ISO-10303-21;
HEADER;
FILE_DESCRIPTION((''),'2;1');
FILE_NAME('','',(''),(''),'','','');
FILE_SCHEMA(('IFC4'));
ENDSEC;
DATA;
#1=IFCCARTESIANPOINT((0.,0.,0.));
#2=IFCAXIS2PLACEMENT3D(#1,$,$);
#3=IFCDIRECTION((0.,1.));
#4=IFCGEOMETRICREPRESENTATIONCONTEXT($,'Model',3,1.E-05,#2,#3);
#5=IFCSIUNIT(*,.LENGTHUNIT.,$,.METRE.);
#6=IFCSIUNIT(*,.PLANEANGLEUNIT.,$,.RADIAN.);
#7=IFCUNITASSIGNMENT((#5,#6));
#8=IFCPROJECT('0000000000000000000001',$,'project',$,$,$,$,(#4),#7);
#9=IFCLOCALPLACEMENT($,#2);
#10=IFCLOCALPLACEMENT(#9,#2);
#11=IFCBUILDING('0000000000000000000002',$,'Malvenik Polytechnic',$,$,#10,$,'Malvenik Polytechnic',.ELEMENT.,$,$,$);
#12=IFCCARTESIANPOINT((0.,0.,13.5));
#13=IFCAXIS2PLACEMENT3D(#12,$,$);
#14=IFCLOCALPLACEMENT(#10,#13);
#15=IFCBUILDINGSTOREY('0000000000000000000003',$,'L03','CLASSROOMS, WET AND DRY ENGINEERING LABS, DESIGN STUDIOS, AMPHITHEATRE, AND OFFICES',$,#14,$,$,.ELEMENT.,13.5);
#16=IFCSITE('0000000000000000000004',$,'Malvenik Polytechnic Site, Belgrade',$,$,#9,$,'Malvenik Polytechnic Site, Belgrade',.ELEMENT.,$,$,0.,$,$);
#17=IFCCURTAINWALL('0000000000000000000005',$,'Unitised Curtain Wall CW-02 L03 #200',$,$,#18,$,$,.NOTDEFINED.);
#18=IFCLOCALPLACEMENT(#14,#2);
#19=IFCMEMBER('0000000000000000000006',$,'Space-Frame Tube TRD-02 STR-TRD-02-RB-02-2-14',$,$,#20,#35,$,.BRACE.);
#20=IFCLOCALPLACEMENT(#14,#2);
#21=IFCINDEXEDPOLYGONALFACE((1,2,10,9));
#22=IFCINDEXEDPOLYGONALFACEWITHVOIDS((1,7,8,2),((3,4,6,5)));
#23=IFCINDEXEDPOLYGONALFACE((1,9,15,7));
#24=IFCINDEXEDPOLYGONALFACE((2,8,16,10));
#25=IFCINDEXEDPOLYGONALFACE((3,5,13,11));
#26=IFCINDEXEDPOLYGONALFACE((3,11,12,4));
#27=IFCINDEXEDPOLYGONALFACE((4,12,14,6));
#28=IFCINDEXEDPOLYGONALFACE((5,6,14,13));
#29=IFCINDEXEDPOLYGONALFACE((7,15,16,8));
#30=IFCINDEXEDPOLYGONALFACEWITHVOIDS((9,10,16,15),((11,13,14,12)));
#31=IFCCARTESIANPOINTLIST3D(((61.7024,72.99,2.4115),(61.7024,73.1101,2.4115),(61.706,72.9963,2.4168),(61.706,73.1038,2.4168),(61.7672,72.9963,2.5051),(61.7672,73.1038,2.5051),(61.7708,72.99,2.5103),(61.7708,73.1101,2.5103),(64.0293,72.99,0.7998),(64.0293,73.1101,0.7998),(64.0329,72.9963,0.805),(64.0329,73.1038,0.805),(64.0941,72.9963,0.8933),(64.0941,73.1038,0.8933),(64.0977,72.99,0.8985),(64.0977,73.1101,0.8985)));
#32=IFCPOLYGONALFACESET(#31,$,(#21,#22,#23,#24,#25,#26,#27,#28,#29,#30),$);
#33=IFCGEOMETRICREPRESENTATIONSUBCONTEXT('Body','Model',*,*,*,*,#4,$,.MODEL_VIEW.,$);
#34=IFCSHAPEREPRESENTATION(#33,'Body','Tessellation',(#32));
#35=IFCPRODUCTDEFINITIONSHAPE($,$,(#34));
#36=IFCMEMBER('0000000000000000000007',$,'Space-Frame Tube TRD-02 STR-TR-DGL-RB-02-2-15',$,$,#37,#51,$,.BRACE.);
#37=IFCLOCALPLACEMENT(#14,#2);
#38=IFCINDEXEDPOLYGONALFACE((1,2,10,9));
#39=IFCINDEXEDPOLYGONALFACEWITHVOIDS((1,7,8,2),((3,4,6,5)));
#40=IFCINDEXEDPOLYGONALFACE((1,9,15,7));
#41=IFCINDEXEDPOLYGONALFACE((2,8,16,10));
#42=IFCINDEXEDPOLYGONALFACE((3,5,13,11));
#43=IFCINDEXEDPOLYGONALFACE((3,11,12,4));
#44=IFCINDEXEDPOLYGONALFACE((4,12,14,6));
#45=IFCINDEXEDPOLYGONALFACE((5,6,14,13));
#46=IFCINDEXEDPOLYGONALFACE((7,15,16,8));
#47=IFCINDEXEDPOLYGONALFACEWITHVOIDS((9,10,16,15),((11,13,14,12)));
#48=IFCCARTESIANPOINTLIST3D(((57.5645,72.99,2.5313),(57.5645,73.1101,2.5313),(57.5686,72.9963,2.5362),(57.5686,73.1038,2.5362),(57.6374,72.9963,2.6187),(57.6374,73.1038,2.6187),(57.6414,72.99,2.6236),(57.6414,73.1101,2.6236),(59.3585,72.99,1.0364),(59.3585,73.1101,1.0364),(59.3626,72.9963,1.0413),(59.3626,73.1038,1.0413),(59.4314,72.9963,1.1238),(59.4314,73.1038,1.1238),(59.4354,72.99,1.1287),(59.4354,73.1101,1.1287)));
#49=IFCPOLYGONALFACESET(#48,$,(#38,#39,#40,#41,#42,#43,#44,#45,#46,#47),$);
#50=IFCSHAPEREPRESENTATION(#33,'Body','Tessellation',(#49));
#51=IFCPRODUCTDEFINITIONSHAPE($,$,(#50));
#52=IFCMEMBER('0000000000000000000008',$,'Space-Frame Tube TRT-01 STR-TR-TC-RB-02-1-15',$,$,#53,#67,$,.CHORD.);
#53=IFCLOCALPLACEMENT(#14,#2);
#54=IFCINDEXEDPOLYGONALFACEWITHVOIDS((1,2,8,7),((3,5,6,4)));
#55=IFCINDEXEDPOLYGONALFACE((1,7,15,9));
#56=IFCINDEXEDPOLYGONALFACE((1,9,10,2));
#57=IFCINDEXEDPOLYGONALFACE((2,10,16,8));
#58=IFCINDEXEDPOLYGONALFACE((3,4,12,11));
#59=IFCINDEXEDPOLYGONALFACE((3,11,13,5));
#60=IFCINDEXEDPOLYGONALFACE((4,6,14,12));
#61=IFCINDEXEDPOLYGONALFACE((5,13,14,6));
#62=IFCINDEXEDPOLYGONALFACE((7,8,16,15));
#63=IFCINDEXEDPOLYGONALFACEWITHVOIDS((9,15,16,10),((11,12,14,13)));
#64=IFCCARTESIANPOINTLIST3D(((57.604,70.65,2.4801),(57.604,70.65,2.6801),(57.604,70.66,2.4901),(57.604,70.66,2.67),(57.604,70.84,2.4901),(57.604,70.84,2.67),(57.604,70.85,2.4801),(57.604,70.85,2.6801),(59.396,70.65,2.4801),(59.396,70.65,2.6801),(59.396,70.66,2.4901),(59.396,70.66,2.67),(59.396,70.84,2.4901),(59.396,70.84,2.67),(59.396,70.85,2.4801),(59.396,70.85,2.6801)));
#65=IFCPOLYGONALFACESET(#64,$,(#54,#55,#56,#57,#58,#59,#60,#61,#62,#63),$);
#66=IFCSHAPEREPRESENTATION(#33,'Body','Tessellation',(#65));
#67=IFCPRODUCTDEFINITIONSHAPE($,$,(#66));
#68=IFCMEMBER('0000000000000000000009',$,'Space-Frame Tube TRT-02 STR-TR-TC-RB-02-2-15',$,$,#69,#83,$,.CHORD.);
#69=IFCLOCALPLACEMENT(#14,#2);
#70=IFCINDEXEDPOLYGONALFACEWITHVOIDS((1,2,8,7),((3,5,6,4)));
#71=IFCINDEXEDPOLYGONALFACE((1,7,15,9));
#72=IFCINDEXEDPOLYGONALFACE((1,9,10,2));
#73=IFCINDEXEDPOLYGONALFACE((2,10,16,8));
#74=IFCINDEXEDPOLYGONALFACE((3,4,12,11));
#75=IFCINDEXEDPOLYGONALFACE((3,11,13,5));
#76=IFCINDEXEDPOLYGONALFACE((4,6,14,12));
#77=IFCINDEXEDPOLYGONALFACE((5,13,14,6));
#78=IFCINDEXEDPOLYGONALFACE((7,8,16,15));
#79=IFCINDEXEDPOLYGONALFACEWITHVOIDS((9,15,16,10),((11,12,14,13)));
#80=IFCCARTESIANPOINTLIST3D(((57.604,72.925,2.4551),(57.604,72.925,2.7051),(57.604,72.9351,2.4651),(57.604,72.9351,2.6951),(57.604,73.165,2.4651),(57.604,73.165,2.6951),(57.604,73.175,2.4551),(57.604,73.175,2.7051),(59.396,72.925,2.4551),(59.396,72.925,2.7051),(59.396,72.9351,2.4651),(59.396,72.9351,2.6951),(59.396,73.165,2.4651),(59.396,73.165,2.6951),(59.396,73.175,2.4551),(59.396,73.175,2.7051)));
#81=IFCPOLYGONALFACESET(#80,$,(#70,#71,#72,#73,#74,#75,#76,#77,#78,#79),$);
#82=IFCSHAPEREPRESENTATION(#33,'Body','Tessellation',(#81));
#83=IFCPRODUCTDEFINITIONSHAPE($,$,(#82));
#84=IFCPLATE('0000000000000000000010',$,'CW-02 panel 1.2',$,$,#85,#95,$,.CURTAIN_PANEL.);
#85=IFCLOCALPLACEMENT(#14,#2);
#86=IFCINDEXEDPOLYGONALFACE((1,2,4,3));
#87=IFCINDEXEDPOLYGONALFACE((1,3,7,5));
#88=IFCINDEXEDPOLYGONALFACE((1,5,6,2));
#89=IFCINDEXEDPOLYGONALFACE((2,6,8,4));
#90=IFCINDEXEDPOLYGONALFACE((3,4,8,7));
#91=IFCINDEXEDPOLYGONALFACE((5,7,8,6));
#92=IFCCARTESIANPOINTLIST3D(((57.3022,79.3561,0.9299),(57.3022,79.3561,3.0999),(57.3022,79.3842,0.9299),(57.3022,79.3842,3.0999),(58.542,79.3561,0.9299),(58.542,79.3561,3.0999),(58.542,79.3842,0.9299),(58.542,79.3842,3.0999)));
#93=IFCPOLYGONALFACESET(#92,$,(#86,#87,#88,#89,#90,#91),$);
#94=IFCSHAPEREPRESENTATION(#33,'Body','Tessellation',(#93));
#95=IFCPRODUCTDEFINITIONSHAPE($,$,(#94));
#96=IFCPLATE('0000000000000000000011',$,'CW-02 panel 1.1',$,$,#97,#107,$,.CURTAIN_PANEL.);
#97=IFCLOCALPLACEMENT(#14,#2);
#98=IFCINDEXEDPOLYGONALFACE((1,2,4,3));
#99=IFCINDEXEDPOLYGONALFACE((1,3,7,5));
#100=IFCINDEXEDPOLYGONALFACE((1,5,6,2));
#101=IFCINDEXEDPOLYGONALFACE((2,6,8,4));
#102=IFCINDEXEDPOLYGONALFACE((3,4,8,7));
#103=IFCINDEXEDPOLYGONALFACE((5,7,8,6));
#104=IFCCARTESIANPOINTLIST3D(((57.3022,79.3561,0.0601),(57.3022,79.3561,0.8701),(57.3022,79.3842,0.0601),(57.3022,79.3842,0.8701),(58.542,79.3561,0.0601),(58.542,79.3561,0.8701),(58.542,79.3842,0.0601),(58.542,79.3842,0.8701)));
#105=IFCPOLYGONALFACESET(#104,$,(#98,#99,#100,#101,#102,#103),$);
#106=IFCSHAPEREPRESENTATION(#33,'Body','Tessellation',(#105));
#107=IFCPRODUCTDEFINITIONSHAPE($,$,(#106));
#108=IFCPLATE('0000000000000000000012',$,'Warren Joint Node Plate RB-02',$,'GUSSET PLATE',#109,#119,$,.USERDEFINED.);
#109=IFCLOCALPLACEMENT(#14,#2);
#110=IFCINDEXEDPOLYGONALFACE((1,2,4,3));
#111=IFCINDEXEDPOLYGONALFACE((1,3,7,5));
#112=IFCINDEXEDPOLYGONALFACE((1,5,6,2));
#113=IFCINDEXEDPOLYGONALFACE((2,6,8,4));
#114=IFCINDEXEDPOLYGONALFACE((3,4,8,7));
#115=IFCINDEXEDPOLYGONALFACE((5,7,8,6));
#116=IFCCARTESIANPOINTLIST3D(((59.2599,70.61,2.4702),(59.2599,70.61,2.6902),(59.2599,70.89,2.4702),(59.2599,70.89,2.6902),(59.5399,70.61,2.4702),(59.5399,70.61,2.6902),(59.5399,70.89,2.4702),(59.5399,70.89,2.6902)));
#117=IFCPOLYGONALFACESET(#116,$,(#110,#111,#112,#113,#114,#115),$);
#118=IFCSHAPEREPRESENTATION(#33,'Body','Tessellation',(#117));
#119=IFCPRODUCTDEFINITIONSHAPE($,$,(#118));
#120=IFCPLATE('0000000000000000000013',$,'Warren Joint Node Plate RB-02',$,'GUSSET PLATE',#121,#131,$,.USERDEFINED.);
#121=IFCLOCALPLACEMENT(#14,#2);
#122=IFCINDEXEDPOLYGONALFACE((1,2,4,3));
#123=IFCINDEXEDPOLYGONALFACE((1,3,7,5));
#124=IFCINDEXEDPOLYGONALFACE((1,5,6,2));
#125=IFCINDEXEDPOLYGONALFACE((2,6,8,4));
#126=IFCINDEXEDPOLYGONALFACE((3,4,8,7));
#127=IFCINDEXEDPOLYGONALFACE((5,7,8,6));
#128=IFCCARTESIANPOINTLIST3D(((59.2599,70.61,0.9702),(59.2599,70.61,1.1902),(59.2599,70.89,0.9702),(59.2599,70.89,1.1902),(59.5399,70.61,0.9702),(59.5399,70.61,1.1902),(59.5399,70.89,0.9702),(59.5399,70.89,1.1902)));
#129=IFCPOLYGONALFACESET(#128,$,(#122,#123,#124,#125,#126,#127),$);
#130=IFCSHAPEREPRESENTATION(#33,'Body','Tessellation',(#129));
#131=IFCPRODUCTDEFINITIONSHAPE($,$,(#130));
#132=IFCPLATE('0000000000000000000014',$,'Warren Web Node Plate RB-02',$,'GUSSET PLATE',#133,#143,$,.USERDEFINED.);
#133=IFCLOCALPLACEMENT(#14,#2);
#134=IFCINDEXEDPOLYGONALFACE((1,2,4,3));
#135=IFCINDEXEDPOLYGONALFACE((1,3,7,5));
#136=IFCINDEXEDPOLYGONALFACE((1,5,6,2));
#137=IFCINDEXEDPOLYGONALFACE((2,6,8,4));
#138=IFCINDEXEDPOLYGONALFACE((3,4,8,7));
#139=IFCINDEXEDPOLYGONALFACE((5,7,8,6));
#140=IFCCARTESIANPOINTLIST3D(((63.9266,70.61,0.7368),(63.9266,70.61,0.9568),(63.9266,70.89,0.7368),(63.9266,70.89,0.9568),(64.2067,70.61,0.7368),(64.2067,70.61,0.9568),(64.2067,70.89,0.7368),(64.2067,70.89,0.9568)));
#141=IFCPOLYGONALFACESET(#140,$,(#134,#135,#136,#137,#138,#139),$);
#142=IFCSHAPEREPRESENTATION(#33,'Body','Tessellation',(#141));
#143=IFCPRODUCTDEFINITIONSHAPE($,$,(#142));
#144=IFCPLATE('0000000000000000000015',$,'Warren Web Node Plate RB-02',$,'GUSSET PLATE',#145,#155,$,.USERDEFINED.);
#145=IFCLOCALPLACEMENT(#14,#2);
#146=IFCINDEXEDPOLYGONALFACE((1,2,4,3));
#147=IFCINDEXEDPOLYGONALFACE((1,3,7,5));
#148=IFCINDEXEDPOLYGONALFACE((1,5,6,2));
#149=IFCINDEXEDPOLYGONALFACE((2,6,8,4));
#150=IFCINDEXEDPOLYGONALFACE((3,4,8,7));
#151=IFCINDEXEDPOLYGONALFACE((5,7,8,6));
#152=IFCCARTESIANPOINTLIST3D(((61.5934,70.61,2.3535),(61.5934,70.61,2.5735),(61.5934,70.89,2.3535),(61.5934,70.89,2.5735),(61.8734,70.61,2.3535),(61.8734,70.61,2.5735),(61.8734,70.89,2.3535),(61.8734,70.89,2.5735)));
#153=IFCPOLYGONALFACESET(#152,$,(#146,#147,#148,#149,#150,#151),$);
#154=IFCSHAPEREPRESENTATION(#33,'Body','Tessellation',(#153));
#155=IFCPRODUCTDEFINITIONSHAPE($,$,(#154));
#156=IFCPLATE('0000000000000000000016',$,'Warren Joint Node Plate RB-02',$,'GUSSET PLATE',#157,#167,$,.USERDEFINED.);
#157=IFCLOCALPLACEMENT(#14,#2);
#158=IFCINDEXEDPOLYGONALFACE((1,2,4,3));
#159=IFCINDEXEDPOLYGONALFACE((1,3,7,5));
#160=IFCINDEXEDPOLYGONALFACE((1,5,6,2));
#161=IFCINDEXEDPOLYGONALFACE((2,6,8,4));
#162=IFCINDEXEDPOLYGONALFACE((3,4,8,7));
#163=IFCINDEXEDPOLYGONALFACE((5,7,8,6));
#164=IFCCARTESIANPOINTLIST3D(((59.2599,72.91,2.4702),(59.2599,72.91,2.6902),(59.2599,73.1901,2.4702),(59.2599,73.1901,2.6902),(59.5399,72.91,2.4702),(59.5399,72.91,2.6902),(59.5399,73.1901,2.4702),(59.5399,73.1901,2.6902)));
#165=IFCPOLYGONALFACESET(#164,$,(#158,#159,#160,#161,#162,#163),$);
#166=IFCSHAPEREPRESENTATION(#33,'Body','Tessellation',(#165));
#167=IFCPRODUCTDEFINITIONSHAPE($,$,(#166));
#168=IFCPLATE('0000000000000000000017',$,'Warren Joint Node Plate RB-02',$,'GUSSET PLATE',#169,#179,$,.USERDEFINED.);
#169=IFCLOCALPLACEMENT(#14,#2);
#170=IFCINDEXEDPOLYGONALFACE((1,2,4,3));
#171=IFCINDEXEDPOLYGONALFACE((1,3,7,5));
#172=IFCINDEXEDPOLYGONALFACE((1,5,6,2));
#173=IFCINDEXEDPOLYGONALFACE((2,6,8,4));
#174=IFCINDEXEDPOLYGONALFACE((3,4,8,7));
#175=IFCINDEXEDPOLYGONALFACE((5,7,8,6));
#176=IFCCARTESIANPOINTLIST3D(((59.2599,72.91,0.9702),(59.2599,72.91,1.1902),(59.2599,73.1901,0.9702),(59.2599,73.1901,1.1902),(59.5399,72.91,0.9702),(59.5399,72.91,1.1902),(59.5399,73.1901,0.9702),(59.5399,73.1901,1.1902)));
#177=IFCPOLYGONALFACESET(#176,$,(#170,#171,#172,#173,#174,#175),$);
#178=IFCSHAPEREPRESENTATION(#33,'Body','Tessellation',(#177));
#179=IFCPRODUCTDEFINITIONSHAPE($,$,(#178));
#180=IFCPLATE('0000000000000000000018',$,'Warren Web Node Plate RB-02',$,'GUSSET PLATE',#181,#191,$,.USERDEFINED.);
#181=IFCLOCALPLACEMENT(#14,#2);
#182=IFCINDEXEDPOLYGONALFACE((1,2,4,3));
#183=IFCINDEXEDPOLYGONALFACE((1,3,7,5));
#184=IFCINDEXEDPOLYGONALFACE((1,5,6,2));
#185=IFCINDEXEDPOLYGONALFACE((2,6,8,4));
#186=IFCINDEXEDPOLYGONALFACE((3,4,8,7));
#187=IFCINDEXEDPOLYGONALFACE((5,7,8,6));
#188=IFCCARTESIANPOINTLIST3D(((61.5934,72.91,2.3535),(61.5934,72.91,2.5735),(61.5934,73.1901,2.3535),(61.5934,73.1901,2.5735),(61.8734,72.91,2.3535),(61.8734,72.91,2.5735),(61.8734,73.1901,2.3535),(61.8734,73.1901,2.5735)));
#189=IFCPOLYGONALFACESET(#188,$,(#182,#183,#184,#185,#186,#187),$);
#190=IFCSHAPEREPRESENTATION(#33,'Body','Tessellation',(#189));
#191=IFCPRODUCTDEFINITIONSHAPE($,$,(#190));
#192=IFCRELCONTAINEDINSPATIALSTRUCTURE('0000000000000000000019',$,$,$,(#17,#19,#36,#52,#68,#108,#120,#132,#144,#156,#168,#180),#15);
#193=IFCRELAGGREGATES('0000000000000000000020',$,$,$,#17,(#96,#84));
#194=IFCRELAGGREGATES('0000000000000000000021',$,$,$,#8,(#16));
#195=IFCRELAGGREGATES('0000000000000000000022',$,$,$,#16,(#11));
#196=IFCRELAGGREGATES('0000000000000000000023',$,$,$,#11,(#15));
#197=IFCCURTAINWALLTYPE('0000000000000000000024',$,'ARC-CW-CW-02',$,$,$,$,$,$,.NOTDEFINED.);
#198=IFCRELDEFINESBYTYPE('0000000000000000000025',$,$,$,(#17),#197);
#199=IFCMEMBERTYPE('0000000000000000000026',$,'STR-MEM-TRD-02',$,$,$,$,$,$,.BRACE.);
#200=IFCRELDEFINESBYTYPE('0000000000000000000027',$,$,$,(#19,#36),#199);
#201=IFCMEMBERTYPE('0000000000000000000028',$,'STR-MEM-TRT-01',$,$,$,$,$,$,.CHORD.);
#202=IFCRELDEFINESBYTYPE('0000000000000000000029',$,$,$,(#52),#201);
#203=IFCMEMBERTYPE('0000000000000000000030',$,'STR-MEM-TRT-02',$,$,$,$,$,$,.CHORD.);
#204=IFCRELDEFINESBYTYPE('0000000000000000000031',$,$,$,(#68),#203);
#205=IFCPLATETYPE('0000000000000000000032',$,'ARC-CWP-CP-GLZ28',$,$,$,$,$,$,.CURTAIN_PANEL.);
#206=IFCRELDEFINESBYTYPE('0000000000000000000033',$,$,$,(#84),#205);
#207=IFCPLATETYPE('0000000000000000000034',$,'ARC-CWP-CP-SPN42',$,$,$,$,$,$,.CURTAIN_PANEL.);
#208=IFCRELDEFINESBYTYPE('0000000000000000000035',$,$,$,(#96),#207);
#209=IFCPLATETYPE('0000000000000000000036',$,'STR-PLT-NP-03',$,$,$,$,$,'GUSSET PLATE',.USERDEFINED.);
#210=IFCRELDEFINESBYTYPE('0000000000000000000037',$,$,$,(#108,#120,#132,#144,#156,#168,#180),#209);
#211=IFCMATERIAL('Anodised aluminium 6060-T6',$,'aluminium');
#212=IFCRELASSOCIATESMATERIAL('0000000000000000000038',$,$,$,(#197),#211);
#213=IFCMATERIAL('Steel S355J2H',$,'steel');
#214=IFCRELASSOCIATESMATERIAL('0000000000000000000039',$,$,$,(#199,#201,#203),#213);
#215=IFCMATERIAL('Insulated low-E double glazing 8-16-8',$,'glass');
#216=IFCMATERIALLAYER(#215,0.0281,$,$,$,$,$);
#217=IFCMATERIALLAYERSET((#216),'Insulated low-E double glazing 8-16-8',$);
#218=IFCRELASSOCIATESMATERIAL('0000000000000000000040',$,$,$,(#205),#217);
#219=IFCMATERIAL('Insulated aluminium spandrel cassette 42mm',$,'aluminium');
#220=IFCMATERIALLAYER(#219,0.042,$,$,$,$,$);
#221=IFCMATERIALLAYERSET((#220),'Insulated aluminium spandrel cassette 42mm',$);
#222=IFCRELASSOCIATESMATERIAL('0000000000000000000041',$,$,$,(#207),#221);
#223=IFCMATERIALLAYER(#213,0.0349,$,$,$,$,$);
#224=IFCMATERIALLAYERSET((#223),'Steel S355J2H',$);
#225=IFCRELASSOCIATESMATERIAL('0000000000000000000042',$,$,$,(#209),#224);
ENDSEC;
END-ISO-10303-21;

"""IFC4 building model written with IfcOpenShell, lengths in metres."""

from ifc_helpers import new_model, si_unit, direction, frame, origin, origin_2d, place, context, subcontext, project, spatial, rectangle, hollow_rectangle, extrude, material, layer, layer_set, material_profile, profile_set, type_object, element, aggregate, save


model = new_model("IFC4")

# Units and contexts
model_context = context("Model", 3, precision=1e-05, world=origin(), true_north=direction((0.0, 1.0)))
body_context = subcontext(model_context, "Body", "Model", "MODEL_VIEW")
ifc_project = project(units=[si_unit("LENGTHUNIT", "METRE"), si_unit("PLANEANGLEUNIT", "RADIAN")], contexts=[model_context])

# Site, building, storey
site_placement = place(None, origin())
site = spatial("IfcSite", under=ifc_project, at=site_placement, Name="Malvenik Polytechnic Site, Belgrade", LongName="Malvenik Polytechnic Site, Belgrade", CompositionType="ELEMENT", RefElevation=0.0)
building_placement = place(site_placement, origin())
building = spatial("IfcBuilding", under=site, at=building_placement, Name="Malvenik Polytechnic", LongName="Malvenik Polytechnic", CompositionType="ELEMENT")
storey_placement = place(building_placement, frame((0.0, 0.0, 13.5)))
storey = spatial("IfcBuildingStorey", under=building, at=storey_placement, Name="L03", Description="CLASSROOMS, WET AND DRY ENGINEERING LABS, DESIGN STUDIOS, AMPHITHEATRE, AND OFFICES", CompositionType="ELEMENT", Elevation=13.5)

# Shared definitions
ifc_material_1 = material(Name="Steel S355J2H", Category="steel")

# Curtain wall
ifc_material_2 = material(Name="Anodised aluminium 6060-T6", Category="aluminium")
curtain_wall_type = type_object("IfcCurtainWallType", Name="ARC-CW-CW-02", PredefinedType="NOTDEFINED", material=ifc_material_2)
curtain_wall_placement = place(storey_placement, origin())
curtain_wall = element("IfcCurtainWall", 1, at=curtain_wall_placement, inside=storey, type_object=curtain_wall_type, Name="Unitised Curtain Wall CW-02 L03 #200", PredefinedType="NOTDEFINED")

# Members
ifc_material_profile_1 = material_profile(ifc_material_1, hollow_rectangle(XDim=0.1201, YDim=0.1201, WallThickness=0.0063, at=origin_2d()), Name="SHS 120x120x6.3")
ifc_profile_set_1 = profile_set([ifc_material_profile_1], Name="Steel S355J2H")
member_type_1 = type_object("IfcMemberType", Name="STR-MEM-TRD-02", PredefinedType="BRACE", material=ifc_profile_set_1)
member_1_placement = place(storey_placement, frame((64.0635, 73.05, 0.8491), z_axis=(-0.822046, 0.0, 0.569421), x_axis=(0.0, -1.0, 0.0)))
element("IfcMember", 2, at=member_1_placement, inside=storey, type_object=member_type_1, Name="Space-Frame Tube TRD-02 STR-TRD-02-RB-02-2-14", PredefinedType="BRACE", context=body_context, shape_type="SweptSolid", body=[
    extrude(hollow_rectangle(XDim=0.1201, YDim=0.1201, WallThickness=0.0063, at=origin_2d()), origin(), (0.0, 0.0, 1.0), 2.8306),
])
member_2_placement = place(storey_placement, frame((59.397, 73.05, 1.0825), z_axis=(-0.768238, 0.0, 0.640164), x_axis=(0.0, -1.0, 0.0)))
element("IfcMember", 3, at=member_2_placement, inside=storey, type_object=member_type_1, Name="Space-Frame Tube TRD-02 STR-TR-DGL-RB-02-2-15", PredefinedType="BRACE", context=body_context, shape_type="SweptSolid", body=[
    extrude(hollow_rectangle(XDim=0.1201, YDim=0.1201, WallThickness=0.0063, at=origin_2d()), origin(), (0.0, 0.0, 1.0), 2.3352),
])
ifc_material_profile_2 = material_profile(ifc_material_1, hollow_rectangle(XDim=0.2, YDim=0.2, WallThickness=0.01, at=origin_2d()), Name="SHS 200x200x10.0")
ifc_profile_set_2 = profile_set([ifc_material_profile_2], Name="Steel S355J2H")
member_type_2 = type_object("IfcMemberType", Name="STR-MEM-TRT-01", PredefinedType="CHORD", material=ifc_profile_set_2)
member_3_placement = place(storey_placement, frame((59.396, 70.75, 2.5801), z_axis=(-1.0, 0.0, 0.0), x_axis=(0.0, -1.0, 0.0)))
element("IfcMember", 4, at=member_3_placement, inside=storey, type_object=member_type_2, Name="Space-Frame Tube TRT-01 STR-TR-TC-RB-02-1-15", PredefinedType="CHORD", context=body_context, shape_type="SweptSolid", body=[
    extrude(hollow_rectangle(XDim=0.2, YDim=0.2, WallThickness=0.01, at=origin_2d()), origin(), (0.0, 0.0, 1.0), 1.792),
])
ifc_material_profile_3 = material_profile(ifc_material_1, hollow_rectangle(XDim=0.25, YDim=0.25, WallThickness=0.01, at=origin_2d()), Name="SHS 250x250x10.0")
ifc_profile_set_3 = profile_set([ifc_material_profile_3], Name="Steel S355J2H")
member_type_3 = type_object("IfcMemberType", Name="STR-MEM-TRT-02", PredefinedType="CHORD", material=ifc_profile_set_3)
member_4_placement = place(storey_placement, frame((59.396, 73.05, 2.5801), z_axis=(-1.0, 0.0, 0.0), x_axis=(0.0, -1.0, 0.0)))
element("IfcMember", 5, at=member_4_placement, inside=storey, type_object=member_type_3, Name="Space-Frame Tube TRT-02 STR-TR-TC-RB-02-2-15", PredefinedType="CHORD", context=body_context, shape_type="SweptSolid", body=[
    extrude(hollow_rectangle(XDim=0.25, YDim=0.25, WallThickness=0.01, at=origin_2d()), origin(), (0.0, 0.0, 1.0), 1.792),
])

# Plates
ifc_material_3 = material(Name="Insulated low-E double glazing 8-16-8", Category="glass")
ifc_layer_1 = layer(ifc_material_3, 0.0281)
ifc_layer_set_1 = layer_set([ifc_layer_1], Name="Insulated low-E double glazing 8-16-8")
plate_type_1 = type_object("IfcPlateType", Name="ARC-CWP-CP-GLZ28", PredefinedType="CURTAIN_PANEL", material=ifc_layer_set_1)
plate_1_placement = place(storey_placement, frame((57.9221, 79.3701, 0.9299), z_axis=(0.0, 0.0, 1.0), x_axis=(-1.0, 0.0, 0.0)))
plate_1 = element("IfcPlate", 6, at=plate_1_placement, type_object=plate_type_1, Name="CW-02 panel 1.2", PredefinedType="CURTAIN_PANEL", context=body_context, shape_type="SweptSolid", body=[
    extrude(rectangle(XDim=1.2397, YDim=0.0281, at=origin_2d()), origin(), (0.0, 0.0, 1.0), 2.1699),
])
ifc_material_4 = material(Name="Insulated aluminium spandrel cassette 42mm", Category="aluminium")
ifc_layer_2 = layer(ifc_material_4, 0.042)
ifc_layer_set_2 = layer_set([ifc_layer_2], Name="Insulated aluminium spandrel cassette 42mm")
plate_type_2 = type_object("IfcPlateType", Name="ARC-CWP-CP-SPN42", PredefinedType="CURTAIN_PANEL", material=ifc_layer_set_2)
plate_2_placement = place(storey_placement, frame((57.9221, 79.3701, 0.0601), z_axis=(0.0, 0.0, 1.0), x_axis=(-1.0, 0.0, 0.0)))
plate_2 = element("IfcPlate", 7, at=plate_2_placement, type_object=plate_type_2, Name="CW-02 panel 1.1", PredefinedType="CURTAIN_PANEL", context=body_context, shape_type="SweptSolid", body=[
    extrude(rectangle(XDim=1.2397, YDim=0.0281, at=origin_2d()), origin(), (0.0, 0.0, 1.0), 0.8101),
])
aggregate(curtain_wall, [plate_2, plate_1])

# Plates
ifc_layer_3 = layer(ifc_material_1, 0.0349)
ifc_layer_set_3 = layer_set([ifc_layer_3], Name="Steel S355J2H")
plate_type_3 = type_object("IfcPlateType", Name="STR-PLT-NP-03", ElementType="GUSSET PLATE", PredefinedType="USERDEFINED", material=ifc_layer_set_3)
for number, where, z_axis, x_axis, name in (
    (8, (59.3999, 70.75, 2.4702), (0.0, 0.0, 1.0), (1.0, 0.0, 0.0), "Warren Joint Node Plate RB-02"),
    (9, (59.3999, 70.75, 0.9702), (0.0, 0.0, 1.0), (1.0, 0.0, 0.0), "Warren Joint Node Plate RB-02"),
    (10, (64.0667, 70.75, 0.7368), (0.0, 0.0, 1.0), (1.0, 0.0, 0.0), "Warren Web Node Plate RB-02"),
    (11, (61.7334, 70.75, 2.3535), (0.0, 0.0, 1.0), (1.0, 0.0, 0.0), "Warren Web Node Plate RB-02"),
    (12, (59.3999, 73.05, 2.4702), (0.0, 0.0, 1.0), (1.0, 0.0, 0.0), "Warren Joint Node Plate RB-02"),
    (13, (59.3999, 73.05, 0.9702), (0.0, 0.0, 1.0), (1.0, 0.0, 0.0), "Warren Joint Node Plate RB-02"),
    (14, (61.7334, 73.05, 2.3535), (0.0, 0.0, 1.0), (1.0, 0.0, 0.0), "Warren Web Node Plate RB-02"),
):
    element("IfcPlate", number, at=place(storey_placement, frame(where, z_axis=z_axis, x_axis=x_axis)), inside=storey, type_object=plate_type_3, Name=name, ObjectType="GUSSET PLATE", PredefinedType="USERDEFINED", context=body_context, shape_type="SweptSolid", body=[
        extrude(rectangle(XDim=0.28, YDim=0.28, at=origin_2d()), origin(), (0.0, 0.0, 1.0), 0.22),
    ])

save(model, "model.ifc")
